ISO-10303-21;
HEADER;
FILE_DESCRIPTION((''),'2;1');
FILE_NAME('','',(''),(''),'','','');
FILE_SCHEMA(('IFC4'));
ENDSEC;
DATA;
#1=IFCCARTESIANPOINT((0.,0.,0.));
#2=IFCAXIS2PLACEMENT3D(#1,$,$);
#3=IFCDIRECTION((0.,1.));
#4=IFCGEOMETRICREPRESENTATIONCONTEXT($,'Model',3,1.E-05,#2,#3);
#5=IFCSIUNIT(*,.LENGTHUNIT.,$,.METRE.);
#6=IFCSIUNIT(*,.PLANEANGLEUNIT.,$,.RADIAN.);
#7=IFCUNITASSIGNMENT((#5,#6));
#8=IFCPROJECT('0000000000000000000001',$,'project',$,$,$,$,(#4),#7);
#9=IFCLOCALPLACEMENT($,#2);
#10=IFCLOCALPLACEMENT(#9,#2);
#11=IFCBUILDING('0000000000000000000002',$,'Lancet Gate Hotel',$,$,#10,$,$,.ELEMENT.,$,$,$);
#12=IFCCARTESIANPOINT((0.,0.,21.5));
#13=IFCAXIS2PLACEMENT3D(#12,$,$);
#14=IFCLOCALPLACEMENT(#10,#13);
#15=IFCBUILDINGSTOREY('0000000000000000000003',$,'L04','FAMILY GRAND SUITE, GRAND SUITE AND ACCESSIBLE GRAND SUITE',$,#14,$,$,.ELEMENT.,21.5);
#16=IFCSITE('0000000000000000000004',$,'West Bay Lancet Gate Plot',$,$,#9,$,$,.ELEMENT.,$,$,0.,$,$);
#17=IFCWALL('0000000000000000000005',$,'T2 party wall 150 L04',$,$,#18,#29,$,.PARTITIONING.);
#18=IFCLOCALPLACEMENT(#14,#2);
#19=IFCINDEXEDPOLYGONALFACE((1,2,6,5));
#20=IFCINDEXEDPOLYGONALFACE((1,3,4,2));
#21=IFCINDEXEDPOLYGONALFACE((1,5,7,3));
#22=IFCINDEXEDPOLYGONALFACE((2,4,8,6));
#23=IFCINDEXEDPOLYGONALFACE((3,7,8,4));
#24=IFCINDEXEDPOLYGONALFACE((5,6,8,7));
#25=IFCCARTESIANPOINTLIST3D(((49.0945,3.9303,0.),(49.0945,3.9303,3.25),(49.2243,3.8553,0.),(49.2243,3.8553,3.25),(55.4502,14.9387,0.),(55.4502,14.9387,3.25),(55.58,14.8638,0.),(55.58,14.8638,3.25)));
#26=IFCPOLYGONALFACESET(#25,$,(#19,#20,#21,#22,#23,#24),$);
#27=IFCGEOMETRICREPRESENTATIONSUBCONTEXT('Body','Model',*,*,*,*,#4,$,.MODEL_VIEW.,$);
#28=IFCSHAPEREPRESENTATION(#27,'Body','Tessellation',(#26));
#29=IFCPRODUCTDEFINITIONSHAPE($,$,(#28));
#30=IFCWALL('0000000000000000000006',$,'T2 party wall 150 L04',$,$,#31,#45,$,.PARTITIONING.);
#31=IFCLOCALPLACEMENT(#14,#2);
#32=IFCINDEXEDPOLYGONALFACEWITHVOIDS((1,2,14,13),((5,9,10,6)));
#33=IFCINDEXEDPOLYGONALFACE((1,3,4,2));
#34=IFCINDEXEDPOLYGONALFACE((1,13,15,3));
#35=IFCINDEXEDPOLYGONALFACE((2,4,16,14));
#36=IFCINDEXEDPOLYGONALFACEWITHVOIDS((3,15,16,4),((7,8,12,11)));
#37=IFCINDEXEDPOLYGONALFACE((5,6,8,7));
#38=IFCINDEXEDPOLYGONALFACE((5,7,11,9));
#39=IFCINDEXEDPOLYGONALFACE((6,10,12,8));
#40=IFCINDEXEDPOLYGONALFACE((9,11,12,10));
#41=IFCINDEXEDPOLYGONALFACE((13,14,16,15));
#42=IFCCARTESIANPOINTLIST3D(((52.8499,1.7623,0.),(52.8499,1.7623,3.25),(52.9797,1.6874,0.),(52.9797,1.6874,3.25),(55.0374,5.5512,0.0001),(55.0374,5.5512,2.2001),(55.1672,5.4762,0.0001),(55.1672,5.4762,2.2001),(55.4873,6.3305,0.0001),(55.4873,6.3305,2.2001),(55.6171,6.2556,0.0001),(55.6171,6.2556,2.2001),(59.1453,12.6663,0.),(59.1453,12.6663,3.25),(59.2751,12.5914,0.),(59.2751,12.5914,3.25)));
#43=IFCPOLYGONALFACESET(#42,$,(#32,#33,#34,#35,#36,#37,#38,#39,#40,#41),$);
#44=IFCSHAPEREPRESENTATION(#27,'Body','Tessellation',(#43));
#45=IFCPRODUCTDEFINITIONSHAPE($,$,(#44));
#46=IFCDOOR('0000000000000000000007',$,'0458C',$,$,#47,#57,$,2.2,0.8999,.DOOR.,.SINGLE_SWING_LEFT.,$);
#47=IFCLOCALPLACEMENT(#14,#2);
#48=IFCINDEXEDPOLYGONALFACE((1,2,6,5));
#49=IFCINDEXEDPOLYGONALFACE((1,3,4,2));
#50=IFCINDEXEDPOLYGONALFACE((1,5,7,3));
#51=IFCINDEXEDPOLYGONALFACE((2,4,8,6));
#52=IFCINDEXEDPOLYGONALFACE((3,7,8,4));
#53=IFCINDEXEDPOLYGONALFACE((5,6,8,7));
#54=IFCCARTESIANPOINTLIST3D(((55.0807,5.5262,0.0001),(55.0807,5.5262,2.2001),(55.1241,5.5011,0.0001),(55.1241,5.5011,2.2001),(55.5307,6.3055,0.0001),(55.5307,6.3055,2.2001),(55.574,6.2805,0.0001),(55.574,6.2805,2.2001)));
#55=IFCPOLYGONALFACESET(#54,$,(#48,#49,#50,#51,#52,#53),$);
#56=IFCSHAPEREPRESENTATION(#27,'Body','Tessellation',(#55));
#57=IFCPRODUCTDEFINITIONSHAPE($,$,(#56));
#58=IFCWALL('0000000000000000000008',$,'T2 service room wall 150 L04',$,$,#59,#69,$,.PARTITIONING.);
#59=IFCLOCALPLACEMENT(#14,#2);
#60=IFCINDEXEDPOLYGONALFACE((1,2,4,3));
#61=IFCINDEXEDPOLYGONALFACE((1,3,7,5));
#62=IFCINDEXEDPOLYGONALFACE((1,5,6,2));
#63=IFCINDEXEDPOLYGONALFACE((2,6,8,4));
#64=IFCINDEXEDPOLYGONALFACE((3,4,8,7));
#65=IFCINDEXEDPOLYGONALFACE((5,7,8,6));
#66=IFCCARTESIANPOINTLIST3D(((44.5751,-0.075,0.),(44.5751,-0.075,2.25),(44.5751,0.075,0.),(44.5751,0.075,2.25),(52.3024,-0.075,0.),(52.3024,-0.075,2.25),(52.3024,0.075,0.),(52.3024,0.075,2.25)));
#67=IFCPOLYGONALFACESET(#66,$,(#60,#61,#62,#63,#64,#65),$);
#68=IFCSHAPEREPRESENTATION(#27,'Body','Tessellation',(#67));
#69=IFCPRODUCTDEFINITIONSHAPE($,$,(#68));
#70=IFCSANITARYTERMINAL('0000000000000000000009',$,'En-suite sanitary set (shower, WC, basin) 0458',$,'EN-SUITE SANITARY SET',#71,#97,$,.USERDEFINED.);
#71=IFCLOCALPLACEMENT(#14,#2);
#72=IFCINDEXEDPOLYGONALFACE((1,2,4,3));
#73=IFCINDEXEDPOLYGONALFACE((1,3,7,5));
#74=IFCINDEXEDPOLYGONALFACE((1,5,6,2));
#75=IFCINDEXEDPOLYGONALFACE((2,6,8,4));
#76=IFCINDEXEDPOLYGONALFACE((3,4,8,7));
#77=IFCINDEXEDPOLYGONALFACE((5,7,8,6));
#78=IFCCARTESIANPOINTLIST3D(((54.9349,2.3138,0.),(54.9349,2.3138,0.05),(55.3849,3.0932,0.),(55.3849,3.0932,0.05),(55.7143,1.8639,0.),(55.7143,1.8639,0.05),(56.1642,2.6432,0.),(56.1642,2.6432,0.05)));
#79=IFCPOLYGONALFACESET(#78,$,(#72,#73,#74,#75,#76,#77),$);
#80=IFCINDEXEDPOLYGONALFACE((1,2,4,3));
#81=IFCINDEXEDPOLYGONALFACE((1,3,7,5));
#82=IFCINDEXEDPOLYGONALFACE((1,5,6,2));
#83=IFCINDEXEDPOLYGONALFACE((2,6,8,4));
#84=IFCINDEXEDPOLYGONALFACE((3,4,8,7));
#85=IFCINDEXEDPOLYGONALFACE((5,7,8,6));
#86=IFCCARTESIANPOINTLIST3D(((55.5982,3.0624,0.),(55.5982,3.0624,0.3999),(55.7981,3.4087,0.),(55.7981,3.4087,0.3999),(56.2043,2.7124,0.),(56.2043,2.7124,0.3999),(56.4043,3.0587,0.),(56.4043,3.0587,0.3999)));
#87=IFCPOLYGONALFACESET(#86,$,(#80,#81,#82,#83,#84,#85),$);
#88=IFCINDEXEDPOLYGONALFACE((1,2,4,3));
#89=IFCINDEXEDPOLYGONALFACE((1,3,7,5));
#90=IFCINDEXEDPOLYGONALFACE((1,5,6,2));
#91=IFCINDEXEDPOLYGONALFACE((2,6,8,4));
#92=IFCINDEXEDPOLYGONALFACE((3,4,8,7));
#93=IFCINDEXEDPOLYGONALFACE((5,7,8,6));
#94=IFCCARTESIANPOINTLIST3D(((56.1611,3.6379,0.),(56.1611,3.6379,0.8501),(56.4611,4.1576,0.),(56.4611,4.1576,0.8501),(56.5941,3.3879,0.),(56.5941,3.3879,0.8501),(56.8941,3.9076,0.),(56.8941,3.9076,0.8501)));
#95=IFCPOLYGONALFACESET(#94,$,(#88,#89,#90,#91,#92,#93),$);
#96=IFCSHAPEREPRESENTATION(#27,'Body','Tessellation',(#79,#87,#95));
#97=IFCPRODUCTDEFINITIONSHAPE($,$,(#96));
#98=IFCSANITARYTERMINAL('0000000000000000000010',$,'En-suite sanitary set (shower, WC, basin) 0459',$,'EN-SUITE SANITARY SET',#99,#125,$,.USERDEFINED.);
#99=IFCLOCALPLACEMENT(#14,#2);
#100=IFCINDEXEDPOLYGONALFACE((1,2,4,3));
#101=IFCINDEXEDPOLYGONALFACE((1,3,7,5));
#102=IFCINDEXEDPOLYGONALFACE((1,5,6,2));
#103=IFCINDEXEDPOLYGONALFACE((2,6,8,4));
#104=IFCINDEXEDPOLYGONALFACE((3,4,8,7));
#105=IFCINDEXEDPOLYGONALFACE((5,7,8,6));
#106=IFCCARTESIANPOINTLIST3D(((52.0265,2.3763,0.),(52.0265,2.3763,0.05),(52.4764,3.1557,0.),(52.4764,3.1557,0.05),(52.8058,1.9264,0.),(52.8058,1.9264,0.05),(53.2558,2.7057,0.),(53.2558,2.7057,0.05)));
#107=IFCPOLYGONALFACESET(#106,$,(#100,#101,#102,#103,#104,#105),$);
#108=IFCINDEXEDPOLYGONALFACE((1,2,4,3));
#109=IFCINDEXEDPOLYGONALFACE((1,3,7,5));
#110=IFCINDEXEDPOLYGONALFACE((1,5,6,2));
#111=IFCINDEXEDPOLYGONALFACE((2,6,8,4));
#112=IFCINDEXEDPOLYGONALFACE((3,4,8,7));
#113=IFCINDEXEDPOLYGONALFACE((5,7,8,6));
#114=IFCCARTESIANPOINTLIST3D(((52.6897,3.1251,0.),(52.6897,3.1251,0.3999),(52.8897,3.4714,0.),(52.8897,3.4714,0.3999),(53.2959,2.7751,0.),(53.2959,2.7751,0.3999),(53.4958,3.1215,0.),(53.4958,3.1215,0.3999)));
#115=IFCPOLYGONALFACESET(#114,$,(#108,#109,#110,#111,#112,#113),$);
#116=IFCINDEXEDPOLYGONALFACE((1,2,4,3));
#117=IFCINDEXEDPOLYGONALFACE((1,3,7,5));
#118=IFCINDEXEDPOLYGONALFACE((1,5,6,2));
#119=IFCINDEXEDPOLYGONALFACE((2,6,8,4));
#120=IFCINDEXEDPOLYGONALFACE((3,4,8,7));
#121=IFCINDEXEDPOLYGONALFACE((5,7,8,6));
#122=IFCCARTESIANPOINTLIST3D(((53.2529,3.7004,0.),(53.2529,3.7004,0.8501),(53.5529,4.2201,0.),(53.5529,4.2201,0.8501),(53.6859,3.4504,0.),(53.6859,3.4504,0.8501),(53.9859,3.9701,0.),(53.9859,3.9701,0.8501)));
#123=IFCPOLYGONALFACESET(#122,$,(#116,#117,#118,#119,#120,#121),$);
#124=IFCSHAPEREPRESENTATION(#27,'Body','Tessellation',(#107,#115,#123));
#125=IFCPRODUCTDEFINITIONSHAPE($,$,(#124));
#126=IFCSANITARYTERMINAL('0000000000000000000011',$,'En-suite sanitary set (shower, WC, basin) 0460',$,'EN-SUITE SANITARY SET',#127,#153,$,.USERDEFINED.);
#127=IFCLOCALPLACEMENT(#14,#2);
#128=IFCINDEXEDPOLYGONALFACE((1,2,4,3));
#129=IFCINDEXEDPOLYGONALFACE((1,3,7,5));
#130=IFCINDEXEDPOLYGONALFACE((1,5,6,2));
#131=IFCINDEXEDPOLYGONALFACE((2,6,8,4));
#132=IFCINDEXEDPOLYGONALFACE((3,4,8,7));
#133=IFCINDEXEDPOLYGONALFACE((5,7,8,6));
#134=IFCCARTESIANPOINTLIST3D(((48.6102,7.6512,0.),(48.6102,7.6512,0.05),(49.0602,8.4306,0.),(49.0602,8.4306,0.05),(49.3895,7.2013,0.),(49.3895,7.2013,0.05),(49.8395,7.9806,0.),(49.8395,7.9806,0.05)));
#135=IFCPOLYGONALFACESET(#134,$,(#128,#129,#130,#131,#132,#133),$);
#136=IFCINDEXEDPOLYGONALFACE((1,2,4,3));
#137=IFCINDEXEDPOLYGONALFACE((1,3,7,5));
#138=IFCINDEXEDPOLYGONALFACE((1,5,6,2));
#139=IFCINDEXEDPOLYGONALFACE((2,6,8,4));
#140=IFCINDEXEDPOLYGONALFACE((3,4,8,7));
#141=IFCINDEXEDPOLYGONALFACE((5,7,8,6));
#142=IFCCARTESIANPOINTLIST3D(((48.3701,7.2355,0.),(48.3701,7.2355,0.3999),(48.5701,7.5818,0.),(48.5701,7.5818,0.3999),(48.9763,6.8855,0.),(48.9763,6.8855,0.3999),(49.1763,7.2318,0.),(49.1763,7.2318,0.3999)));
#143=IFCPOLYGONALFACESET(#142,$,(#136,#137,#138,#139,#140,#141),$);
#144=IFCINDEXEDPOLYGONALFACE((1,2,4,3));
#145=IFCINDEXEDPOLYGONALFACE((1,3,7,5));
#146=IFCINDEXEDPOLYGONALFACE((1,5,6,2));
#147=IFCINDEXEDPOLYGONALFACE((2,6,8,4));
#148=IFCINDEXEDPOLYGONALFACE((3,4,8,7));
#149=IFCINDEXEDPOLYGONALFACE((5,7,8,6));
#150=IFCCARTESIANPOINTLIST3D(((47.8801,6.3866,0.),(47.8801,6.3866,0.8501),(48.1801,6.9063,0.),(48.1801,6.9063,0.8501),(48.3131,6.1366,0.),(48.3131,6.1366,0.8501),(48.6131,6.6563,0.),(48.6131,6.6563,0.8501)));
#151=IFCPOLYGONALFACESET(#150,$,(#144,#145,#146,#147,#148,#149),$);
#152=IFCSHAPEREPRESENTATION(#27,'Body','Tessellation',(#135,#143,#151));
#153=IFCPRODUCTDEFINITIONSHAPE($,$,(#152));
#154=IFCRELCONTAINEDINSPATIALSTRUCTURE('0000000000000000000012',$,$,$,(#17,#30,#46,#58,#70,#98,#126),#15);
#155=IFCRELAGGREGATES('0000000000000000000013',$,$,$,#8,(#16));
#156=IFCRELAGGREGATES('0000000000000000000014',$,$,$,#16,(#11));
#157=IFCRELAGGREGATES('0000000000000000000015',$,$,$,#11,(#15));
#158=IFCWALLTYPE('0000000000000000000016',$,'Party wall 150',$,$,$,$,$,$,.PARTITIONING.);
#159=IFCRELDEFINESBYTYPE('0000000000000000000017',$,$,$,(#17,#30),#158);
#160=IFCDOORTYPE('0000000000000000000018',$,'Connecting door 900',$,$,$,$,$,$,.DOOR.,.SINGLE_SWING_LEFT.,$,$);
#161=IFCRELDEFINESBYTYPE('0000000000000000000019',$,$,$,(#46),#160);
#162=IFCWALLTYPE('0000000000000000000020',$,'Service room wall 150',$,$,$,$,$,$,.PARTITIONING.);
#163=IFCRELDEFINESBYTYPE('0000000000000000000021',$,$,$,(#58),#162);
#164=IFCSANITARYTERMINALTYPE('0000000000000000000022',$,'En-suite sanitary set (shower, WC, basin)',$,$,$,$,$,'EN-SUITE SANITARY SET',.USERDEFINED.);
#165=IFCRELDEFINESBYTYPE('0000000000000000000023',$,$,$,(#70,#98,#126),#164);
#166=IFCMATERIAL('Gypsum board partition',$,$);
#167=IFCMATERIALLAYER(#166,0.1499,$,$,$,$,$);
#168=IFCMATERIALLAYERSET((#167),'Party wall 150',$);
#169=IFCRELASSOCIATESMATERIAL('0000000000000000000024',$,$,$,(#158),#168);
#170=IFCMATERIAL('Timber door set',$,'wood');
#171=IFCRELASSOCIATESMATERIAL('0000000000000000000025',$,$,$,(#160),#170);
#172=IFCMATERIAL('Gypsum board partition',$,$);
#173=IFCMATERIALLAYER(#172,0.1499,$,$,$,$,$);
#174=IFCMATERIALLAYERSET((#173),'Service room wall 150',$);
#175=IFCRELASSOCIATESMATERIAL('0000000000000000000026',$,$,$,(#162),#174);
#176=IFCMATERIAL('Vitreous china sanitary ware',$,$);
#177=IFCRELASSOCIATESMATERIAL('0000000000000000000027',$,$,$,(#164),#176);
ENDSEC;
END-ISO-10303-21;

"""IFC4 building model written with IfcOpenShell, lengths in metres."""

from ifc_helpers import new_model, si_unit, direction, frame, frame_2d, origin, origin_2d, place, context, subcontext, project, spatial, rectangle, extrude, material, layer, layer_set, type_object, element, fill, save


model = new_model("IFC4")

# Units and contexts
model_context = context("Model", 3, precision=1e-05, world=origin(), true_north=direction((0.0, 1.0)))
body_context = subcontext(model_context, "Body", "Model", "MODEL_VIEW")
ifc_project = project(units=[si_unit("LENGTHUNIT", "METRE"), si_unit("PLANEANGLEUNIT", "RADIAN")], contexts=[model_context])

# Site, building, storey
site_placement = place(None, origin())
site = spatial("IfcSite", under=ifc_project, at=site_placement, Name="West Bay Lancet Gate Plot", CompositionType="ELEMENT", RefElevation=0.0)
building_placement = place(site_placement, origin())
building = spatial("IfcBuilding", under=site, at=building_placement, Name="Lancet Gate Hotel", CompositionType="ELEMENT")
storey_placement = place(building_placement, frame((0.0, 0.0, 21.5)))
storey = spatial("IfcBuildingStorey", under=building, at=storey_placement, Name="L04", Description="FAMILY GRAND SUITE, GRAND SUITE AND ACCESSIBLE GRAND SUITE", CompositionType="ELEMENT", Elevation=21.5)

# Wall
ifc_material_1 = material(Name="Gypsum board partition")
ifc_layer_1 = layer(ifc_material_1, 0.1499)
ifc_layer_set_1 = layer_set([ifc_layer_1], Name="Party wall 150")
wall_type_1 = type_object("IfcWallType", Name="Party wall 150", PredefinedType="PARTITIONING", material=ifc_layer_set_1)
wall_1_placement = place(storey_placement, frame((49.1594, 3.8928, 0.0), z_axis=(0.0, 0.0, 1.0), x_axis=(0.499996, 0.866028, 0.0)))
element("IfcWall", 1, at=wall_1_placement, inside=storey, type_object=wall_type_1, Name="T2 party wall 150 L04", PredefinedType="PARTITIONING", context=body_context, shape_type="SweptSolid", body=[
    extrude(rectangle(XDim=12.7114, YDim=0.1499, at=frame_2d((6.3557, 0.0))), origin(), (0.0, 0.0, 1.0), 3.25),
])

# Wall, opening, door
wall_2_placement = place(storey_placement, frame((52.9148, 1.7249, 0.0), z_axis=(0.0, 0.0, 1.0), x_axis=(0.499997, 0.866027, 0.0)))
wall_2 = element("IfcWall", 2, at=wall_2_placement, inside=storey, type_object=wall_type_1, Name="T2 party wall 150 L04", PredefinedType="PARTITIONING", context=body_context, shape_type="SweptSolid", body=[
    extrude(rectangle(XDim=12.5908, YDim=0.1499, at=frame_2d((6.2954, 0.0))), origin(), (0.0, 0.0, 1.0), 3.25),
])
opening_1_placement = place(wall_2_placement, frame((4.375, 0.0, 0.0)))
opening_1 = element("IfcOpeningElement", 3, at=opening_1_placement, cuts=wall_2, PredefinedType="OPENING", context=body_context, shape_type="SweptSolid", body=[
    extrude(rectangle(XDim=0.8999, YDim=2.2, at=frame_2d((0.45, 1.1001))), frame((0.0, 0.085, 0.0), z_axis=(0.0, -1.0, 0.0), x_axis=(1.0, 0.0, 0.0)), (0.0, 0.0, 1.0), 0.1699),
])
ifc_material_2 = material(Name="Timber door set", Category="wood")
door_type_1 = type_object("IfcDoorType", Name="Connecting door 900", OperationType="SINGLE_SWING_LEFT", PredefinedType="DOOR", material=ifc_material_2)
door_1_placement = place(opening_1_placement, origin())
door_1 = element("IfcDoor", 4, at=door_1_placement, inside=storey, type_object=door_type_1, Name="0458C", OperationType="SINGLE_SWING_LEFT", OverallHeight=2.2, OverallWidth=0.8999, PredefinedType="DOOR", context=body_context, shape_type="SweptSolid", body=[
    extrude(rectangle(XDim=0.8999, YDim=2.2, at=frame_2d((0.45, 1.1001))), frame((0.0, 0.0249, 0.0), z_axis=(0.0, -1.0, 0.0), x_axis=(1.0, 0.0, 0.0)), (0.0, 0.0, 1.0), 0.05),
])
fill(opening_1, door_1)

# Wall
ifc_material_3 = material(Name="Gypsum board partition")
ifc_layer_2 = layer(ifc_material_3, 0.1499)
ifc_layer_set_2 = layer_set([ifc_layer_2], Name="Service room wall 150")
wall_type_2 = type_object("IfcWallType", Name="Service room wall 150", PredefinedType="PARTITIONING", material=ifc_layer_set_2)
wall_3_placement = place(storey_placement, frame((44.575, 0.0, 0.0), z_axis=(0.0, 0.0, 1.0), x_axis=(1.0, 0.0, 0.0)))
element("IfcWall", 5, at=wall_3_placement, inside=storey, type_object=wall_type_2, Name="T2 service room wall 150 L04", PredefinedType="PARTITIONING", context=body_context, shape_type="SweptSolid", body=[
    extrude(rectangle(XDim=7.7273, YDim=0.1499, at=frame_2d((3.8638, 0.0))), origin(), (0.0, 0.0, 1.0), 2.25),
])

# Sanitary terminals
ifc_material_4 = material(Name="Vitreous china sanitary ware")
sanitary_terminal_type = type_object("IfcSanitaryTerminalType", Name="En-suite sanitary set (shower, WC, basin)", ElementType="EN-SUITE SANITARY SET", PredefinedType="USERDEFINED", material=ifc_material_4)
sanitary_terminal_1_placement = place(storey_placement, frame((55.5496, 2.4785, 0.0), z_axis=(0.0, 0.0, 1.0), x_axis=(1.0, 0.0, 0.0)))
element("IfcSanitaryTerminal", 6, at=sanitary_terminal_1_placement, inside=storey, type_object=sanitary_terminal_type, Name="En-suite sanitary set (shower, WC, basin) 0458", ObjectType="EN-SUITE SANITARY SET", PredefinedType="USERDEFINED", context=body_context, shape_type="SweptSolid", body=[
    extrude(rectangle(XDim=0.8999, YDim=0.8999, at=origin_2d()), frame((0.0, 0.0, 0.0), z_axis=(0.0, 0.0, 1.0), x_axis=(-0.5, -0.866025, 0.0)), (0.0, 0.0, 1.0), 0.05),
    extrude(rectangle(XDim=0.3999, YDim=0.7, at=origin_2d()), frame((0.4517, 0.582, 0.0), z_axis=(0.0, 0.0, 1.0), x_axis=(-0.5, -0.866025, 0.0)), (0.0, 0.0, 1.0), 0.3999),
    extrude(rectangle(XDim=0.6001, YDim=0.5, at=origin_2d()), frame((0.978, 1.2942, 0.0), z_axis=(0.0, 0.0, 1.0), x_axis=(-0.5, -0.866025, 0.0)), (0.0, 0.0, 1.0), 0.8501),
])
sanitary_terminal_2_placement = place(storey_placement, frame((52.6411, 2.541, 0.0), z_axis=(0.0, 0.0, 1.0), x_axis=(1.0, 0.0, 0.0)))
element("IfcSanitaryTerminal", 7, at=sanitary_terminal_2_placement, inside=storey, type_object=sanitary_terminal_type, Name="En-suite sanitary set (shower, WC, basin) 0459", ObjectType="EN-SUITE SANITARY SET", PredefinedType="USERDEFINED", context=body_context, shape_type="SweptSolid", body=[
    extrude(rectangle(XDim=0.8999, YDim=0.8999, at=origin_2d()), frame((0.0, 0.0, 0.0), z_axis=(0.0, 0.0, 1.0), x_axis=(-0.5, -0.866025, 0.0)), (0.0, 0.0, 1.0), 0.05),
    extrude(rectangle(XDim=0.3999, YDim=0.7, at=origin_2d()), frame((0.4517, 0.5823, 0.0), z_axis=(0.0, 0.0, 1.0), x_axis=(-0.5, -0.866025, 0.0)), (0.0, 0.0, 1.0), 0.3999),
    extrude(rectangle(XDim=0.6001, YDim=0.5, at=origin_2d()), frame((0.9783, 1.2942, 0.0), z_axis=(0.0, 0.0, 1.0), x_axis=(-0.5, -0.866025, 0.0)), (0.0, 0.0, 1.0), 0.8501),
])
sanitary_terminal_3_placement = place(storey_placement, frame((49.2249, 7.8159, 0.0), z_axis=(0.0, 0.0, 1.0), x_axis=(1.0, 0.0, 0.0)))
element("IfcSanitaryTerminal", 8, at=sanitary_terminal_3_placement, inside=storey, type_object=sanitary_terminal_type, Name="En-suite sanitary set (shower, WC, basin) 0460", ObjectType="EN-SUITE SANITARY SET", PredefinedType="USERDEFINED", context=body_context, shape_type="SweptSolid", body=[
    extrude(rectangle(XDim=0.8999, YDim=0.8999, at=origin_2d()), frame((0.0, 0.0, 0.0), z_axis=(0.0, 0.0, 1.0), x_axis=(0.5, 0.866025, 0.0)), (0.0, 0.0, 1.0), 0.05),
    extrude(rectangle(XDim=0.3999, YDim=0.7, at=origin_2d()), frame((-0.4517, -0.5823, 0.0), z_axis=(0.0, 0.0, 1.0), x_axis=(0.5, 0.866025, 0.0)), (0.0, 0.0, 1.0), 0.3999),
    extrude(rectangle(XDim=0.6001, YDim=0.5, at=origin_2d()), frame((-0.9783, -1.2944, 0.0), z_axis=(0.0, 0.0, 1.0), x_axis=(0.5, 0.866025, 0.0)), (0.0, 0.0, 1.0), 0.8501),
])

save(model, "model.ifc")
